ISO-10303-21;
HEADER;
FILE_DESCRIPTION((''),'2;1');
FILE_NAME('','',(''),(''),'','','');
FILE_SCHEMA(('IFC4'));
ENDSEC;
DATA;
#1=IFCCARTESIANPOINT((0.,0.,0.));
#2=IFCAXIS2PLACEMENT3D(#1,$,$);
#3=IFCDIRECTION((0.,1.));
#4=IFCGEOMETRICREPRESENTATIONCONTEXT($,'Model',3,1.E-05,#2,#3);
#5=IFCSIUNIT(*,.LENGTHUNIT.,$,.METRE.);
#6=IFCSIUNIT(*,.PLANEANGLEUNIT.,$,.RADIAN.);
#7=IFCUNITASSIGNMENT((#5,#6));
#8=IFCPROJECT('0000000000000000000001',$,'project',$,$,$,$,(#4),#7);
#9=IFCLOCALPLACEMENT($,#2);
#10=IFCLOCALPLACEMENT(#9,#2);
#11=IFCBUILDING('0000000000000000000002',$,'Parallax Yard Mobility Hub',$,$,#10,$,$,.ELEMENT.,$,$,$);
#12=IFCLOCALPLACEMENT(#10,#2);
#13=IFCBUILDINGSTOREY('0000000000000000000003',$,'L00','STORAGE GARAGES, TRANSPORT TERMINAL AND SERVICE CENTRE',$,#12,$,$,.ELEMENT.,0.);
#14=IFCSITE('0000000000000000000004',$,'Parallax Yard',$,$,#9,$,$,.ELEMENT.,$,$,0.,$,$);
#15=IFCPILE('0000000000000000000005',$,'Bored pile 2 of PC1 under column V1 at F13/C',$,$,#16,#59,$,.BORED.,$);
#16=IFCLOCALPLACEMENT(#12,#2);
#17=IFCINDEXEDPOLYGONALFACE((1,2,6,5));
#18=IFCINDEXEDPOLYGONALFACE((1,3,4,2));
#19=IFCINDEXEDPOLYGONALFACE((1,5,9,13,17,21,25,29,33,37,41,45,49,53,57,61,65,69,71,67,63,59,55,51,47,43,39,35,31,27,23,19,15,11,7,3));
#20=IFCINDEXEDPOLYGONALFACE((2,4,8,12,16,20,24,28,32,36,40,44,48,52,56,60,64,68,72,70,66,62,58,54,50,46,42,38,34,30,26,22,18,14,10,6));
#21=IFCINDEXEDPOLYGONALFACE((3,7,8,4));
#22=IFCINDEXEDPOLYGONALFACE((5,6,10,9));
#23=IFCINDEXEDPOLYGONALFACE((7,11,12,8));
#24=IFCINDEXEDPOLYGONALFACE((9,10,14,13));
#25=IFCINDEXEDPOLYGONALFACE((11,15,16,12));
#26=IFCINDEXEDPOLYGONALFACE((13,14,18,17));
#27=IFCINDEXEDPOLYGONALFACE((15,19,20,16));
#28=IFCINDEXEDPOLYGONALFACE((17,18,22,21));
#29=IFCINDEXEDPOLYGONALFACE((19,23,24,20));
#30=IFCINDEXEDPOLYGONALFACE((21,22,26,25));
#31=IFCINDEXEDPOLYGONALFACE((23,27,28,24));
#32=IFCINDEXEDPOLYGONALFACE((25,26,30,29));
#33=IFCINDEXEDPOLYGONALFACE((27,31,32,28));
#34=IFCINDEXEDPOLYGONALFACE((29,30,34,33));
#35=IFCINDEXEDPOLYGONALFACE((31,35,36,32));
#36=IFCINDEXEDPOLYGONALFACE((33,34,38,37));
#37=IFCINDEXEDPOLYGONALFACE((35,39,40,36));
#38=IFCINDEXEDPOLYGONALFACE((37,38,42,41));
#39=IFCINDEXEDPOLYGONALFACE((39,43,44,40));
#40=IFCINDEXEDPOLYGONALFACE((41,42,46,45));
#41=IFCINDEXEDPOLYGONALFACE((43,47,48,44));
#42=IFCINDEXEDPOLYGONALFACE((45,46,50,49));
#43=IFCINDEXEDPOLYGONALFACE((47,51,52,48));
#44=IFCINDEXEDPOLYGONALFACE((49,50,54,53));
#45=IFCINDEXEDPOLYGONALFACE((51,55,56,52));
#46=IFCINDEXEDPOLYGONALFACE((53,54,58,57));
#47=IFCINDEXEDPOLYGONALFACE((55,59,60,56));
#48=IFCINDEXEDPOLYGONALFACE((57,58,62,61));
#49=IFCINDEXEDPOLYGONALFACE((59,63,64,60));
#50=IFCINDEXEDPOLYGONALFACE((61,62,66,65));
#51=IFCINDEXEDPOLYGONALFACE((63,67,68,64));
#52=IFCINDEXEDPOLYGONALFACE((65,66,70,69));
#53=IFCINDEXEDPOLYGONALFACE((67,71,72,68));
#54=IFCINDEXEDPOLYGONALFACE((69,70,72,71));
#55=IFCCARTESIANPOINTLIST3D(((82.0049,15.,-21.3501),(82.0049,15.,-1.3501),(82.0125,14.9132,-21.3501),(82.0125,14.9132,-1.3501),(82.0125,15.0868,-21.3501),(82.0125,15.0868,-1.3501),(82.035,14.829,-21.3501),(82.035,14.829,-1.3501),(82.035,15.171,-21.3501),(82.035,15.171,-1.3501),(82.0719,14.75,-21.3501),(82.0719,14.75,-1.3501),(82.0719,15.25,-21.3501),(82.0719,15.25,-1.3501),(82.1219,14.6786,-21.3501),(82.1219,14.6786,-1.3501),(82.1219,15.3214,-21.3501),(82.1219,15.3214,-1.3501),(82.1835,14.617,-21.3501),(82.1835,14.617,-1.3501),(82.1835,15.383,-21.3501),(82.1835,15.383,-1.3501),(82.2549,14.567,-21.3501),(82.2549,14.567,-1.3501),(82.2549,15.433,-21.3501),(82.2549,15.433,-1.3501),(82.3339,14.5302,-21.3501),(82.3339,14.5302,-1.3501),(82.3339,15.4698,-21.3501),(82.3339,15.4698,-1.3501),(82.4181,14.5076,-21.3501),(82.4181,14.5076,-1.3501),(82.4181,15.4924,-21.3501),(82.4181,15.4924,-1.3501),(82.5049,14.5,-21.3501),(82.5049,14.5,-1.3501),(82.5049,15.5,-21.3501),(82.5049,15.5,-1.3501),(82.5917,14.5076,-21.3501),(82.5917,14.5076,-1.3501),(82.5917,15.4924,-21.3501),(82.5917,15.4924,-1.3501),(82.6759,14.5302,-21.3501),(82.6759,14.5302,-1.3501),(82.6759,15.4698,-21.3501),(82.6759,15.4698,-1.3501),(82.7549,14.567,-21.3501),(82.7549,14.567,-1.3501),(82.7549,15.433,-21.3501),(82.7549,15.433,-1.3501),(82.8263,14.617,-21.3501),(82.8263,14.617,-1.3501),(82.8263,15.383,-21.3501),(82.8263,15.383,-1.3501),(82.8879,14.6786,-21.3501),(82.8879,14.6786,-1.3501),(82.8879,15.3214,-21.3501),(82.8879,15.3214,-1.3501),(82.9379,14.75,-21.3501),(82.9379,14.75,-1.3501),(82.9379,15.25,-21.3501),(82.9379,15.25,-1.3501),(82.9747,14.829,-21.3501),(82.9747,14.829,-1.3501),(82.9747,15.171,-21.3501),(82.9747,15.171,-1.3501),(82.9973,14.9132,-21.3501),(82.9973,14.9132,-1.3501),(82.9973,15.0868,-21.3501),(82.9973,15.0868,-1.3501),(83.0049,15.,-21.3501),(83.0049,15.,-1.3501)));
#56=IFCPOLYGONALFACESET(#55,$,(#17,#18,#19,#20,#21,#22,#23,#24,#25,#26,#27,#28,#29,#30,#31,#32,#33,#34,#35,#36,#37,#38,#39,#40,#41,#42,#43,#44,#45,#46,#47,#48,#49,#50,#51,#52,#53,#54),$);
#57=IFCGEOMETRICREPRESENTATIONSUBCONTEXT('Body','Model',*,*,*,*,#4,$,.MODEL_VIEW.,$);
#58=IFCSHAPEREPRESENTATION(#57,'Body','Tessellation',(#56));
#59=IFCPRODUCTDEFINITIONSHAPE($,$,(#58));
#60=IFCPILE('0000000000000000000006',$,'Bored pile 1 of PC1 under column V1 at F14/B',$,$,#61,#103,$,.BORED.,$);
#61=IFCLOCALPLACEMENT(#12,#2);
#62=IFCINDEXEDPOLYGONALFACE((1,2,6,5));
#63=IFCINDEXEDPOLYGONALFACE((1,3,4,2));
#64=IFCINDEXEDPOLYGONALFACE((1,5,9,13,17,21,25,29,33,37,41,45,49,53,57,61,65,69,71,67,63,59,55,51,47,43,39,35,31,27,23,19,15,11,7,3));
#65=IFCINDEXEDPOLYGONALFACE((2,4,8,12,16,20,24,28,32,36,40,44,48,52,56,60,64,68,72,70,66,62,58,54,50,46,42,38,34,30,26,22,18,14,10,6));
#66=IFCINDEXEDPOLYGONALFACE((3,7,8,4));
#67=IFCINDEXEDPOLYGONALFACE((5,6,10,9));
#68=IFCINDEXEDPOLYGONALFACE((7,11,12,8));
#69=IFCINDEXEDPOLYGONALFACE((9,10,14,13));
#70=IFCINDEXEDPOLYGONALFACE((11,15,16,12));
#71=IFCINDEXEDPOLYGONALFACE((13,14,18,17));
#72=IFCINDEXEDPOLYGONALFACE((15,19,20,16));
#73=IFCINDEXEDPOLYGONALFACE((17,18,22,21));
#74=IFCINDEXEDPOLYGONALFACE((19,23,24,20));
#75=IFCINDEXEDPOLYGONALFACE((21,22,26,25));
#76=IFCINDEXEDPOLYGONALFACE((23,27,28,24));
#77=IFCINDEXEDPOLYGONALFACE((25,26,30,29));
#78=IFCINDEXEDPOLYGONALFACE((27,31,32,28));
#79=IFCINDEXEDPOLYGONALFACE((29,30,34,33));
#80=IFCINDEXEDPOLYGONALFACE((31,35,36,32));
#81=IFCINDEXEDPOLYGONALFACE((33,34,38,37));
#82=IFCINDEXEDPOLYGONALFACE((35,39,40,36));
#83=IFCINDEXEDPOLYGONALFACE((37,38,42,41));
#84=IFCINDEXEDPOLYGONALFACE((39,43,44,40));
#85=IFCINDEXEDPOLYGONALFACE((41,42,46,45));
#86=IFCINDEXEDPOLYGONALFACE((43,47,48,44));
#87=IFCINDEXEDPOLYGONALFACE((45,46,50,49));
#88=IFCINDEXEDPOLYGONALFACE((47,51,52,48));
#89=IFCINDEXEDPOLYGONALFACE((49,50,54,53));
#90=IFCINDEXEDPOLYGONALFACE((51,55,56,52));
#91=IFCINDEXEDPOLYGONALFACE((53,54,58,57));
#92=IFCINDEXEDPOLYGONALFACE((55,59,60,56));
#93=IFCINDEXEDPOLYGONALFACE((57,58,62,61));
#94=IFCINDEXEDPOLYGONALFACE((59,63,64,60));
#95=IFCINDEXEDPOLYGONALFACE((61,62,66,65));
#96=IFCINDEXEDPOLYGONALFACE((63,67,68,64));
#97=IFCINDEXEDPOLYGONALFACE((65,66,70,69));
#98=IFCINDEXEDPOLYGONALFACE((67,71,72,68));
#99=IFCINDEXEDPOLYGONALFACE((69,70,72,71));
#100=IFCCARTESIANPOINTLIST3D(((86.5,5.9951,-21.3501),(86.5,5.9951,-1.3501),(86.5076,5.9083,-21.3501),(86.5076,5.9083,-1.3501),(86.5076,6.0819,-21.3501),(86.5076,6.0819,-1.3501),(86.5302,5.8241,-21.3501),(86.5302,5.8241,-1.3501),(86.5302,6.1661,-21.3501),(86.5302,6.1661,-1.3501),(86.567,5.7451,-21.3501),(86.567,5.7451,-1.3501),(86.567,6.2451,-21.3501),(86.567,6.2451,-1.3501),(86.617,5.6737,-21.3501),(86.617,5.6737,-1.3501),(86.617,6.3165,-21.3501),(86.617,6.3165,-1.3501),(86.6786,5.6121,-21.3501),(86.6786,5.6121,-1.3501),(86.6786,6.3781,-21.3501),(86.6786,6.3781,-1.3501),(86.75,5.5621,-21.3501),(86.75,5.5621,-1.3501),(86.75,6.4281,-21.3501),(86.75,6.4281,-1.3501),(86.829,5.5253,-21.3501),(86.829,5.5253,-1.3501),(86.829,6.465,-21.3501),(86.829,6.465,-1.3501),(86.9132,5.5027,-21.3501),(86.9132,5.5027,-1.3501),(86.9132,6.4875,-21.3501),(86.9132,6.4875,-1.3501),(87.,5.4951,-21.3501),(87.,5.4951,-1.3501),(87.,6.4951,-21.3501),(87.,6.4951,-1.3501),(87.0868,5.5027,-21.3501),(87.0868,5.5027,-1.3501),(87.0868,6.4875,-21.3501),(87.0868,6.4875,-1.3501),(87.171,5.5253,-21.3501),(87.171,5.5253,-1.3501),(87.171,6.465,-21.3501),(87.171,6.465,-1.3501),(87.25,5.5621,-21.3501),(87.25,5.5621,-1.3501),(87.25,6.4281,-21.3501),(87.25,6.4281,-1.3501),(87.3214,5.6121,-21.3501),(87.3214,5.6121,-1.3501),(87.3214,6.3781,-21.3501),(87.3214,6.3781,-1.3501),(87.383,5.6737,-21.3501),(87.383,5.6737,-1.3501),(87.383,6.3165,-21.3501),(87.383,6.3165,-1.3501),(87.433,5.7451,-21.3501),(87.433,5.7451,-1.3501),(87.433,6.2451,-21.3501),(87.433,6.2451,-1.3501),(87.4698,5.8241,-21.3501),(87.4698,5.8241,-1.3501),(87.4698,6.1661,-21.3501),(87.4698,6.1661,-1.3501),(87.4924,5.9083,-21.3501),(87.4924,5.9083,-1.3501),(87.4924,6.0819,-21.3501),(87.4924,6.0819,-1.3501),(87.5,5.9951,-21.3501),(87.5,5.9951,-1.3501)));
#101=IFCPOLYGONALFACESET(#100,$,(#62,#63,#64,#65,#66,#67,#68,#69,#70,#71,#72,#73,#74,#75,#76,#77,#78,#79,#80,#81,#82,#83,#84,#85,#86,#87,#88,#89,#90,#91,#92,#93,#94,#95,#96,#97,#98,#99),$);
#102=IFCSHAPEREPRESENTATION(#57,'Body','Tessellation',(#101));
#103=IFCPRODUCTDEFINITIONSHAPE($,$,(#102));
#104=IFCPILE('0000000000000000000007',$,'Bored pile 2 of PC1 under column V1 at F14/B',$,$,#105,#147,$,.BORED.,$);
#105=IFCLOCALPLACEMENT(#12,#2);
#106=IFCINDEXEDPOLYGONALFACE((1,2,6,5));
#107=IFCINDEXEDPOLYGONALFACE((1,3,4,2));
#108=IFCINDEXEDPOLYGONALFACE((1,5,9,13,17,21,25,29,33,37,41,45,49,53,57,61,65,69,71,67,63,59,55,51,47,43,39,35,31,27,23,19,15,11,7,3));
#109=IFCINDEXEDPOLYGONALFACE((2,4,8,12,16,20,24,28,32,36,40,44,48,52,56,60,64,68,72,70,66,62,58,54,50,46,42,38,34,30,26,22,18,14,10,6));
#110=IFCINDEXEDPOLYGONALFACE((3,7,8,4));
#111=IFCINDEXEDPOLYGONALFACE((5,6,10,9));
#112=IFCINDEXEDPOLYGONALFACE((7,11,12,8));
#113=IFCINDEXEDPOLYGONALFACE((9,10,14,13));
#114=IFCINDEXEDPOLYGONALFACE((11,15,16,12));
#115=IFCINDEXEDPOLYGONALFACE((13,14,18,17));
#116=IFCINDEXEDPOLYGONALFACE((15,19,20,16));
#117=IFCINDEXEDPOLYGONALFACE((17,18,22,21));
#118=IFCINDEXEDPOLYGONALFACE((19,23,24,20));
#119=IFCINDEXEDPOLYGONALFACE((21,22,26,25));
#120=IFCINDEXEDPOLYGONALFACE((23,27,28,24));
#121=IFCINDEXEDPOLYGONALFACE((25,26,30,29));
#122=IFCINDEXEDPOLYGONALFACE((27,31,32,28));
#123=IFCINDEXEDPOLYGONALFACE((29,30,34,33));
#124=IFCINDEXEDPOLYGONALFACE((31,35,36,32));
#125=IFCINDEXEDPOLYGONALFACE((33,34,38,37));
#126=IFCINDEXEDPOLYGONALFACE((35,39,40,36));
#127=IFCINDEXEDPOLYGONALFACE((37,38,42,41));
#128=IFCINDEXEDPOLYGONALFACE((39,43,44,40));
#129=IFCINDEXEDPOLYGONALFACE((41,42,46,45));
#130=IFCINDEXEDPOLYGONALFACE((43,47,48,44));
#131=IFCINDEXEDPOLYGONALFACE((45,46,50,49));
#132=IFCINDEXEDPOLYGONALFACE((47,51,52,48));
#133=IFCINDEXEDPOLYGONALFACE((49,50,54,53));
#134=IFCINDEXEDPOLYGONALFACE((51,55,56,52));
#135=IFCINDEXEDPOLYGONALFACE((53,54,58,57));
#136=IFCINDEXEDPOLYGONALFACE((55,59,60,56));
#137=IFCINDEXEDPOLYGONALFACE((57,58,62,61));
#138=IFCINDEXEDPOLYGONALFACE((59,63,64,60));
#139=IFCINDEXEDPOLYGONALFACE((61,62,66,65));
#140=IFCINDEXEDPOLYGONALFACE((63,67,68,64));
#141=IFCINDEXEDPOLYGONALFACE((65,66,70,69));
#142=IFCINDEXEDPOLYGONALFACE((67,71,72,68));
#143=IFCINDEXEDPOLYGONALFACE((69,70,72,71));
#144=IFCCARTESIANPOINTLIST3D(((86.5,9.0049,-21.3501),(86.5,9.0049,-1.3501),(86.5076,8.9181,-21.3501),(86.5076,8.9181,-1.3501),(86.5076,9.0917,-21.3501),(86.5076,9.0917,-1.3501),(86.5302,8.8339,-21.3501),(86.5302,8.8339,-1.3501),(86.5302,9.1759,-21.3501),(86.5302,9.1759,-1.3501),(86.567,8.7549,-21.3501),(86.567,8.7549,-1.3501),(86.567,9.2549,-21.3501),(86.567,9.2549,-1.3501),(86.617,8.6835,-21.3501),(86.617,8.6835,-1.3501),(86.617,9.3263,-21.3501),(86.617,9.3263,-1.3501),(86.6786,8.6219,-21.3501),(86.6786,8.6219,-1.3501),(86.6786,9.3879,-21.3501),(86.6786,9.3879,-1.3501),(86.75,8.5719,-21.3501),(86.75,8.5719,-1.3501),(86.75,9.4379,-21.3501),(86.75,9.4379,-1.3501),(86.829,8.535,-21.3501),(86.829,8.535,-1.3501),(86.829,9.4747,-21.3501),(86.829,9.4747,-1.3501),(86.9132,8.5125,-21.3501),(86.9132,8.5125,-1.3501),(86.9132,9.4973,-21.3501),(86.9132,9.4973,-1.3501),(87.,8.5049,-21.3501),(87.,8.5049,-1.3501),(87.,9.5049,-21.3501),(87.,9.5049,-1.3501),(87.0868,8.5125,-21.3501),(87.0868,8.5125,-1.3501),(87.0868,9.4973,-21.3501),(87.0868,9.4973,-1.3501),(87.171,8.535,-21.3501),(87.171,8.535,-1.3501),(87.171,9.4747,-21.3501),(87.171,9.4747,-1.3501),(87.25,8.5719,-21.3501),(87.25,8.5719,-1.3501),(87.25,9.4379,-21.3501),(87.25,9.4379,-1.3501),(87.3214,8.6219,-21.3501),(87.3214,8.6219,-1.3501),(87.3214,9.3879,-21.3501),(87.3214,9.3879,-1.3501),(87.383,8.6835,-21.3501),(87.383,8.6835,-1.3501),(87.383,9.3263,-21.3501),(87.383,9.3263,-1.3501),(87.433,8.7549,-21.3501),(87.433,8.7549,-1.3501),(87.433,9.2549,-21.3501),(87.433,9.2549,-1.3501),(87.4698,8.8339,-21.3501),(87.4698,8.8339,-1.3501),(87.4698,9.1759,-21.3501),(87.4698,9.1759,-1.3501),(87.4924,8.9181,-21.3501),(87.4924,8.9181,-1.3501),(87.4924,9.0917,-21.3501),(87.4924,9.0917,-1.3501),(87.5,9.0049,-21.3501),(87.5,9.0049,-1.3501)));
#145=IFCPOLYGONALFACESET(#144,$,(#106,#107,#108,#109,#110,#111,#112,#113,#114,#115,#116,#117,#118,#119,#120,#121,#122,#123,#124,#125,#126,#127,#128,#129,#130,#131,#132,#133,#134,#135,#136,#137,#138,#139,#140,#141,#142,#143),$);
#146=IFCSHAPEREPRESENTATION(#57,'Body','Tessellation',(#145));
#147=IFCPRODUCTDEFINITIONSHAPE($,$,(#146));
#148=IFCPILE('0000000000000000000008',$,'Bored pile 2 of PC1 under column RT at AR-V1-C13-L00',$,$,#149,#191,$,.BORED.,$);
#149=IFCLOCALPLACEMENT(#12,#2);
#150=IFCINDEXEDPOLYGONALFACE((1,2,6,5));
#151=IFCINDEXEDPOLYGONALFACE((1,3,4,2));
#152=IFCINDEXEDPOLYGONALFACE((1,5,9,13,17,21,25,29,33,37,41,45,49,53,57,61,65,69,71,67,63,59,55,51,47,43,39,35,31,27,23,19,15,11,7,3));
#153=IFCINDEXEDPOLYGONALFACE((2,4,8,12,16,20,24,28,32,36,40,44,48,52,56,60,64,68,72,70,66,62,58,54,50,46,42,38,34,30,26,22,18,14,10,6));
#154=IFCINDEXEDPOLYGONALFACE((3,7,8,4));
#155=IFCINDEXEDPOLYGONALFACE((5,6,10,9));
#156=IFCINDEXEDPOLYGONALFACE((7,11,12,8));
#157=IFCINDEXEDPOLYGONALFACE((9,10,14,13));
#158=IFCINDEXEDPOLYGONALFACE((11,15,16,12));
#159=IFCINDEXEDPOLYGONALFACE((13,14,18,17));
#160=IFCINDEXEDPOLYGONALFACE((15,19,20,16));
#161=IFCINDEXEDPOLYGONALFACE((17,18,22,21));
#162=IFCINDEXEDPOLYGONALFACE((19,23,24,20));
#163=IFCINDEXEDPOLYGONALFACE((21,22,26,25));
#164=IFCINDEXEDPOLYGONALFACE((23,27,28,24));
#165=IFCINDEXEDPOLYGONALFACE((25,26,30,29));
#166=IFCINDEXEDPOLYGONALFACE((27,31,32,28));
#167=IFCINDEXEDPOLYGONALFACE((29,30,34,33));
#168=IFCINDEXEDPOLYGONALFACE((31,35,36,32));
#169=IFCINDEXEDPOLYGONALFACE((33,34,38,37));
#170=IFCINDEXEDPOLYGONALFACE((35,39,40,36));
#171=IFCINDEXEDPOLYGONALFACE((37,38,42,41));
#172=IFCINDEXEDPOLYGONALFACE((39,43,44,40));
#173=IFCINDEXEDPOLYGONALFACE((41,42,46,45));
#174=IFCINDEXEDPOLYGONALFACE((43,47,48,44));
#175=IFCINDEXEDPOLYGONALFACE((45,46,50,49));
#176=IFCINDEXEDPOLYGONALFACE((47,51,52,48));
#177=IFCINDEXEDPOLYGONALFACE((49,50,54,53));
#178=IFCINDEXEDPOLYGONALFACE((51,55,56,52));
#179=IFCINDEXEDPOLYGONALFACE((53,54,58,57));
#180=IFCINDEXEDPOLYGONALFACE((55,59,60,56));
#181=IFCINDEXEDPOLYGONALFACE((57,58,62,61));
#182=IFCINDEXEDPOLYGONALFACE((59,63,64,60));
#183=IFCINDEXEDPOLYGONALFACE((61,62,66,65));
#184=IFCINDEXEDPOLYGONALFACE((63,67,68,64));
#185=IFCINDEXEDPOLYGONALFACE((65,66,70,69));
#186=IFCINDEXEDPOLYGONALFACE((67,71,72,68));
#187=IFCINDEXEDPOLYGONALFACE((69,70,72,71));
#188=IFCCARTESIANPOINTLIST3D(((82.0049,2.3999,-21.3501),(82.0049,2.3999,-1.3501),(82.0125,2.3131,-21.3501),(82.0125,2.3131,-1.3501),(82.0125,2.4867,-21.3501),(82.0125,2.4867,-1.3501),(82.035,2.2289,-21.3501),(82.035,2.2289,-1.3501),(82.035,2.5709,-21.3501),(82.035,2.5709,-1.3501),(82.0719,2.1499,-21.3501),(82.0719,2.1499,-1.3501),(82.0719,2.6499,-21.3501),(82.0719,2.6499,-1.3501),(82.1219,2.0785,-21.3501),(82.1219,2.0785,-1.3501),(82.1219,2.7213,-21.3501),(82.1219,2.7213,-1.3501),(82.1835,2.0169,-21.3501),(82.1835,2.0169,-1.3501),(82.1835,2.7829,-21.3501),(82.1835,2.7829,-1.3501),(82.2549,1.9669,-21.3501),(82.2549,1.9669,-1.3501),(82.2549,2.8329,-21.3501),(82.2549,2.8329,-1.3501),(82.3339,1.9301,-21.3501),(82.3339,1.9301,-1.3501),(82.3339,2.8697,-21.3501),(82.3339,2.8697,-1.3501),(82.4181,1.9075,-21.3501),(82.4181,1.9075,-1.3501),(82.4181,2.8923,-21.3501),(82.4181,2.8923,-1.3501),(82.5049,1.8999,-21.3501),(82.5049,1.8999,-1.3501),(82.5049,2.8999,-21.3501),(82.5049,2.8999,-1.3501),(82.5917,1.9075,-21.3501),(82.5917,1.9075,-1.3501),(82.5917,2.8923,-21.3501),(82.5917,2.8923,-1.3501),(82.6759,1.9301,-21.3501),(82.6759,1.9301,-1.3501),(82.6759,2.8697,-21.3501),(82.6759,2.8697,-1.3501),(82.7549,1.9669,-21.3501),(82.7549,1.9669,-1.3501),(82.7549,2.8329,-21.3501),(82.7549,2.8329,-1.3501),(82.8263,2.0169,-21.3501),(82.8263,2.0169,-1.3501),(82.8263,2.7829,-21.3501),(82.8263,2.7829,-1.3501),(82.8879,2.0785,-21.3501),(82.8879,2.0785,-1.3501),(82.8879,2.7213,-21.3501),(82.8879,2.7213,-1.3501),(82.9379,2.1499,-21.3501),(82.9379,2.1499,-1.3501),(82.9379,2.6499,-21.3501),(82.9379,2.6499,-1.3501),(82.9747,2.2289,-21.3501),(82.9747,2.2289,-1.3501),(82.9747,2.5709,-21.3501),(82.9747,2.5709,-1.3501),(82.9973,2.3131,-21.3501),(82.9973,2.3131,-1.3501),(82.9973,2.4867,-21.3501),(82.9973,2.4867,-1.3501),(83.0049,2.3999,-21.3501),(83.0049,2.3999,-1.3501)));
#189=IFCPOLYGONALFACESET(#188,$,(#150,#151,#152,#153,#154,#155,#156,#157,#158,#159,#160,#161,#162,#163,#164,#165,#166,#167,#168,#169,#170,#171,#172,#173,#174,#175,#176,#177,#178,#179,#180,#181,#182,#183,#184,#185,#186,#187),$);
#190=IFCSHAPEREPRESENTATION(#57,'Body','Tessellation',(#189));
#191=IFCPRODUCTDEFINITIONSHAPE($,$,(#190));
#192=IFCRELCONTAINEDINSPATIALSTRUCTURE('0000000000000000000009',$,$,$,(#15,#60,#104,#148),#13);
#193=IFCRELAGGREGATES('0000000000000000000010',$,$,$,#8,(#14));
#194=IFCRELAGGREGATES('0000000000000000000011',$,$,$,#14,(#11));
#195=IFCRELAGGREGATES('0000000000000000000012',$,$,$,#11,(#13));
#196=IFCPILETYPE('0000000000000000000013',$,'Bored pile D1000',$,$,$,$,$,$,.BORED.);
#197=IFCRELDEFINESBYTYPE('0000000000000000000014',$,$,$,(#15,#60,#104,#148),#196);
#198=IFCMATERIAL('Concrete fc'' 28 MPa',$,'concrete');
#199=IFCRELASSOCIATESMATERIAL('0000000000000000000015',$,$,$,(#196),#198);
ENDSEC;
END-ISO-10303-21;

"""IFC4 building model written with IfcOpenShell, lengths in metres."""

from ifc_helpers import new_model, si_unit, direction, frame, origin, origin_2d, place, context, subcontext, project, spatial, circle, extrude, material, material_profile, profile_set, type_object, element, save


model = new_model("IFC4")

# Units and contexts
model_context = context("Model", 3, precision=1e-05, world=origin(), true_north=direction((0.0, 1.0)))
body_context = subcontext(model_context, "Body", "Model", "MODEL_VIEW")
ifc_project = project(units=[si_unit("LENGTHUNIT", "METRE"), si_unit("PLANEANGLEUNIT", "RADIAN")], contexts=[model_context])

# Site, building, storey
site_placement = place(None, origin())
site = spatial("IfcSite", under=ifc_project, at=site_placement, Name="Parallax Yard", CompositionType="ELEMENT", RefElevation=0.0)
building_placement = place(site_placement, origin())
building = spatial("IfcBuilding", under=site, at=building_placement, Name="Parallax Yard Mobility Hub", CompositionType="ELEMENT")
storey_placement = place(building_placement, origin())
storey = spatial("IfcBuildingStorey", under=building, at=storey_placement, Name="L00", Description="STORAGE GARAGES, TRANSPORT TERMINAL AND SERVICE CENTRE", CompositionType="ELEMENT", Elevation=0.0)

# Piles
ifc_material_1 = material(Name="Concrete fc' 28 MPa", Category="concrete")
ifc_material_profile_1 = material_profile(ifc_material_1, circle(Radius=0.5, at=origin_2d()), Name="Bored pile D1000")
ifc_profile_set_1 = profile_set([ifc_material_profile_1], Name="Concrete fc' 28 MPa")
pile_type = type_object("IfcPileType", Name="Bored pile D1000", PredefinedType="BORED", material=ifc_profile_set_1)
for number, where, z_axis, x_axis, name in (
    (1, (82.5049, 15.0, -1.3501), (0.0, 0.0, -1.0), (1.0, 0.0, 0.0), "Bored pile 2 of PC1 under column V1 at F13/C"),
    (2, (87.0, 5.9951, -1.3501), (0.0, 0.0, -1.0), (1.0, 0.0, 0.0), "Bored pile 1 of PC1 under column V1 at F14/B"),
    (3, (87.0, 9.0049, -1.3501), (0.0, 0.0, -1.0), (1.0, 0.0, 0.0), "Bored pile 2 of PC1 under column V1 at F14/B"),
    (4, (82.5049, 2.3999, -1.3501), (0.0, 0.0, -1.0), (1.0, 0.0, 0.0), "Bored pile 2 of PC1 under column RT at AR-V1-C13-L00"),
):
    element("IfcPile", number, at=place(storey_placement, frame(where, z_axis=z_axis, x_axis=x_axis)), inside=storey, type_object=pile_type, Name=name, PredefinedType="BORED", context=body_context, shape_type="SweptSolid", body=[
        extrude(circle(Radius=0.5, at=origin_2d()), origin(), (0.0, 0.0, 1.0), 20.0),
    ])

save(model, "model.ifc")
